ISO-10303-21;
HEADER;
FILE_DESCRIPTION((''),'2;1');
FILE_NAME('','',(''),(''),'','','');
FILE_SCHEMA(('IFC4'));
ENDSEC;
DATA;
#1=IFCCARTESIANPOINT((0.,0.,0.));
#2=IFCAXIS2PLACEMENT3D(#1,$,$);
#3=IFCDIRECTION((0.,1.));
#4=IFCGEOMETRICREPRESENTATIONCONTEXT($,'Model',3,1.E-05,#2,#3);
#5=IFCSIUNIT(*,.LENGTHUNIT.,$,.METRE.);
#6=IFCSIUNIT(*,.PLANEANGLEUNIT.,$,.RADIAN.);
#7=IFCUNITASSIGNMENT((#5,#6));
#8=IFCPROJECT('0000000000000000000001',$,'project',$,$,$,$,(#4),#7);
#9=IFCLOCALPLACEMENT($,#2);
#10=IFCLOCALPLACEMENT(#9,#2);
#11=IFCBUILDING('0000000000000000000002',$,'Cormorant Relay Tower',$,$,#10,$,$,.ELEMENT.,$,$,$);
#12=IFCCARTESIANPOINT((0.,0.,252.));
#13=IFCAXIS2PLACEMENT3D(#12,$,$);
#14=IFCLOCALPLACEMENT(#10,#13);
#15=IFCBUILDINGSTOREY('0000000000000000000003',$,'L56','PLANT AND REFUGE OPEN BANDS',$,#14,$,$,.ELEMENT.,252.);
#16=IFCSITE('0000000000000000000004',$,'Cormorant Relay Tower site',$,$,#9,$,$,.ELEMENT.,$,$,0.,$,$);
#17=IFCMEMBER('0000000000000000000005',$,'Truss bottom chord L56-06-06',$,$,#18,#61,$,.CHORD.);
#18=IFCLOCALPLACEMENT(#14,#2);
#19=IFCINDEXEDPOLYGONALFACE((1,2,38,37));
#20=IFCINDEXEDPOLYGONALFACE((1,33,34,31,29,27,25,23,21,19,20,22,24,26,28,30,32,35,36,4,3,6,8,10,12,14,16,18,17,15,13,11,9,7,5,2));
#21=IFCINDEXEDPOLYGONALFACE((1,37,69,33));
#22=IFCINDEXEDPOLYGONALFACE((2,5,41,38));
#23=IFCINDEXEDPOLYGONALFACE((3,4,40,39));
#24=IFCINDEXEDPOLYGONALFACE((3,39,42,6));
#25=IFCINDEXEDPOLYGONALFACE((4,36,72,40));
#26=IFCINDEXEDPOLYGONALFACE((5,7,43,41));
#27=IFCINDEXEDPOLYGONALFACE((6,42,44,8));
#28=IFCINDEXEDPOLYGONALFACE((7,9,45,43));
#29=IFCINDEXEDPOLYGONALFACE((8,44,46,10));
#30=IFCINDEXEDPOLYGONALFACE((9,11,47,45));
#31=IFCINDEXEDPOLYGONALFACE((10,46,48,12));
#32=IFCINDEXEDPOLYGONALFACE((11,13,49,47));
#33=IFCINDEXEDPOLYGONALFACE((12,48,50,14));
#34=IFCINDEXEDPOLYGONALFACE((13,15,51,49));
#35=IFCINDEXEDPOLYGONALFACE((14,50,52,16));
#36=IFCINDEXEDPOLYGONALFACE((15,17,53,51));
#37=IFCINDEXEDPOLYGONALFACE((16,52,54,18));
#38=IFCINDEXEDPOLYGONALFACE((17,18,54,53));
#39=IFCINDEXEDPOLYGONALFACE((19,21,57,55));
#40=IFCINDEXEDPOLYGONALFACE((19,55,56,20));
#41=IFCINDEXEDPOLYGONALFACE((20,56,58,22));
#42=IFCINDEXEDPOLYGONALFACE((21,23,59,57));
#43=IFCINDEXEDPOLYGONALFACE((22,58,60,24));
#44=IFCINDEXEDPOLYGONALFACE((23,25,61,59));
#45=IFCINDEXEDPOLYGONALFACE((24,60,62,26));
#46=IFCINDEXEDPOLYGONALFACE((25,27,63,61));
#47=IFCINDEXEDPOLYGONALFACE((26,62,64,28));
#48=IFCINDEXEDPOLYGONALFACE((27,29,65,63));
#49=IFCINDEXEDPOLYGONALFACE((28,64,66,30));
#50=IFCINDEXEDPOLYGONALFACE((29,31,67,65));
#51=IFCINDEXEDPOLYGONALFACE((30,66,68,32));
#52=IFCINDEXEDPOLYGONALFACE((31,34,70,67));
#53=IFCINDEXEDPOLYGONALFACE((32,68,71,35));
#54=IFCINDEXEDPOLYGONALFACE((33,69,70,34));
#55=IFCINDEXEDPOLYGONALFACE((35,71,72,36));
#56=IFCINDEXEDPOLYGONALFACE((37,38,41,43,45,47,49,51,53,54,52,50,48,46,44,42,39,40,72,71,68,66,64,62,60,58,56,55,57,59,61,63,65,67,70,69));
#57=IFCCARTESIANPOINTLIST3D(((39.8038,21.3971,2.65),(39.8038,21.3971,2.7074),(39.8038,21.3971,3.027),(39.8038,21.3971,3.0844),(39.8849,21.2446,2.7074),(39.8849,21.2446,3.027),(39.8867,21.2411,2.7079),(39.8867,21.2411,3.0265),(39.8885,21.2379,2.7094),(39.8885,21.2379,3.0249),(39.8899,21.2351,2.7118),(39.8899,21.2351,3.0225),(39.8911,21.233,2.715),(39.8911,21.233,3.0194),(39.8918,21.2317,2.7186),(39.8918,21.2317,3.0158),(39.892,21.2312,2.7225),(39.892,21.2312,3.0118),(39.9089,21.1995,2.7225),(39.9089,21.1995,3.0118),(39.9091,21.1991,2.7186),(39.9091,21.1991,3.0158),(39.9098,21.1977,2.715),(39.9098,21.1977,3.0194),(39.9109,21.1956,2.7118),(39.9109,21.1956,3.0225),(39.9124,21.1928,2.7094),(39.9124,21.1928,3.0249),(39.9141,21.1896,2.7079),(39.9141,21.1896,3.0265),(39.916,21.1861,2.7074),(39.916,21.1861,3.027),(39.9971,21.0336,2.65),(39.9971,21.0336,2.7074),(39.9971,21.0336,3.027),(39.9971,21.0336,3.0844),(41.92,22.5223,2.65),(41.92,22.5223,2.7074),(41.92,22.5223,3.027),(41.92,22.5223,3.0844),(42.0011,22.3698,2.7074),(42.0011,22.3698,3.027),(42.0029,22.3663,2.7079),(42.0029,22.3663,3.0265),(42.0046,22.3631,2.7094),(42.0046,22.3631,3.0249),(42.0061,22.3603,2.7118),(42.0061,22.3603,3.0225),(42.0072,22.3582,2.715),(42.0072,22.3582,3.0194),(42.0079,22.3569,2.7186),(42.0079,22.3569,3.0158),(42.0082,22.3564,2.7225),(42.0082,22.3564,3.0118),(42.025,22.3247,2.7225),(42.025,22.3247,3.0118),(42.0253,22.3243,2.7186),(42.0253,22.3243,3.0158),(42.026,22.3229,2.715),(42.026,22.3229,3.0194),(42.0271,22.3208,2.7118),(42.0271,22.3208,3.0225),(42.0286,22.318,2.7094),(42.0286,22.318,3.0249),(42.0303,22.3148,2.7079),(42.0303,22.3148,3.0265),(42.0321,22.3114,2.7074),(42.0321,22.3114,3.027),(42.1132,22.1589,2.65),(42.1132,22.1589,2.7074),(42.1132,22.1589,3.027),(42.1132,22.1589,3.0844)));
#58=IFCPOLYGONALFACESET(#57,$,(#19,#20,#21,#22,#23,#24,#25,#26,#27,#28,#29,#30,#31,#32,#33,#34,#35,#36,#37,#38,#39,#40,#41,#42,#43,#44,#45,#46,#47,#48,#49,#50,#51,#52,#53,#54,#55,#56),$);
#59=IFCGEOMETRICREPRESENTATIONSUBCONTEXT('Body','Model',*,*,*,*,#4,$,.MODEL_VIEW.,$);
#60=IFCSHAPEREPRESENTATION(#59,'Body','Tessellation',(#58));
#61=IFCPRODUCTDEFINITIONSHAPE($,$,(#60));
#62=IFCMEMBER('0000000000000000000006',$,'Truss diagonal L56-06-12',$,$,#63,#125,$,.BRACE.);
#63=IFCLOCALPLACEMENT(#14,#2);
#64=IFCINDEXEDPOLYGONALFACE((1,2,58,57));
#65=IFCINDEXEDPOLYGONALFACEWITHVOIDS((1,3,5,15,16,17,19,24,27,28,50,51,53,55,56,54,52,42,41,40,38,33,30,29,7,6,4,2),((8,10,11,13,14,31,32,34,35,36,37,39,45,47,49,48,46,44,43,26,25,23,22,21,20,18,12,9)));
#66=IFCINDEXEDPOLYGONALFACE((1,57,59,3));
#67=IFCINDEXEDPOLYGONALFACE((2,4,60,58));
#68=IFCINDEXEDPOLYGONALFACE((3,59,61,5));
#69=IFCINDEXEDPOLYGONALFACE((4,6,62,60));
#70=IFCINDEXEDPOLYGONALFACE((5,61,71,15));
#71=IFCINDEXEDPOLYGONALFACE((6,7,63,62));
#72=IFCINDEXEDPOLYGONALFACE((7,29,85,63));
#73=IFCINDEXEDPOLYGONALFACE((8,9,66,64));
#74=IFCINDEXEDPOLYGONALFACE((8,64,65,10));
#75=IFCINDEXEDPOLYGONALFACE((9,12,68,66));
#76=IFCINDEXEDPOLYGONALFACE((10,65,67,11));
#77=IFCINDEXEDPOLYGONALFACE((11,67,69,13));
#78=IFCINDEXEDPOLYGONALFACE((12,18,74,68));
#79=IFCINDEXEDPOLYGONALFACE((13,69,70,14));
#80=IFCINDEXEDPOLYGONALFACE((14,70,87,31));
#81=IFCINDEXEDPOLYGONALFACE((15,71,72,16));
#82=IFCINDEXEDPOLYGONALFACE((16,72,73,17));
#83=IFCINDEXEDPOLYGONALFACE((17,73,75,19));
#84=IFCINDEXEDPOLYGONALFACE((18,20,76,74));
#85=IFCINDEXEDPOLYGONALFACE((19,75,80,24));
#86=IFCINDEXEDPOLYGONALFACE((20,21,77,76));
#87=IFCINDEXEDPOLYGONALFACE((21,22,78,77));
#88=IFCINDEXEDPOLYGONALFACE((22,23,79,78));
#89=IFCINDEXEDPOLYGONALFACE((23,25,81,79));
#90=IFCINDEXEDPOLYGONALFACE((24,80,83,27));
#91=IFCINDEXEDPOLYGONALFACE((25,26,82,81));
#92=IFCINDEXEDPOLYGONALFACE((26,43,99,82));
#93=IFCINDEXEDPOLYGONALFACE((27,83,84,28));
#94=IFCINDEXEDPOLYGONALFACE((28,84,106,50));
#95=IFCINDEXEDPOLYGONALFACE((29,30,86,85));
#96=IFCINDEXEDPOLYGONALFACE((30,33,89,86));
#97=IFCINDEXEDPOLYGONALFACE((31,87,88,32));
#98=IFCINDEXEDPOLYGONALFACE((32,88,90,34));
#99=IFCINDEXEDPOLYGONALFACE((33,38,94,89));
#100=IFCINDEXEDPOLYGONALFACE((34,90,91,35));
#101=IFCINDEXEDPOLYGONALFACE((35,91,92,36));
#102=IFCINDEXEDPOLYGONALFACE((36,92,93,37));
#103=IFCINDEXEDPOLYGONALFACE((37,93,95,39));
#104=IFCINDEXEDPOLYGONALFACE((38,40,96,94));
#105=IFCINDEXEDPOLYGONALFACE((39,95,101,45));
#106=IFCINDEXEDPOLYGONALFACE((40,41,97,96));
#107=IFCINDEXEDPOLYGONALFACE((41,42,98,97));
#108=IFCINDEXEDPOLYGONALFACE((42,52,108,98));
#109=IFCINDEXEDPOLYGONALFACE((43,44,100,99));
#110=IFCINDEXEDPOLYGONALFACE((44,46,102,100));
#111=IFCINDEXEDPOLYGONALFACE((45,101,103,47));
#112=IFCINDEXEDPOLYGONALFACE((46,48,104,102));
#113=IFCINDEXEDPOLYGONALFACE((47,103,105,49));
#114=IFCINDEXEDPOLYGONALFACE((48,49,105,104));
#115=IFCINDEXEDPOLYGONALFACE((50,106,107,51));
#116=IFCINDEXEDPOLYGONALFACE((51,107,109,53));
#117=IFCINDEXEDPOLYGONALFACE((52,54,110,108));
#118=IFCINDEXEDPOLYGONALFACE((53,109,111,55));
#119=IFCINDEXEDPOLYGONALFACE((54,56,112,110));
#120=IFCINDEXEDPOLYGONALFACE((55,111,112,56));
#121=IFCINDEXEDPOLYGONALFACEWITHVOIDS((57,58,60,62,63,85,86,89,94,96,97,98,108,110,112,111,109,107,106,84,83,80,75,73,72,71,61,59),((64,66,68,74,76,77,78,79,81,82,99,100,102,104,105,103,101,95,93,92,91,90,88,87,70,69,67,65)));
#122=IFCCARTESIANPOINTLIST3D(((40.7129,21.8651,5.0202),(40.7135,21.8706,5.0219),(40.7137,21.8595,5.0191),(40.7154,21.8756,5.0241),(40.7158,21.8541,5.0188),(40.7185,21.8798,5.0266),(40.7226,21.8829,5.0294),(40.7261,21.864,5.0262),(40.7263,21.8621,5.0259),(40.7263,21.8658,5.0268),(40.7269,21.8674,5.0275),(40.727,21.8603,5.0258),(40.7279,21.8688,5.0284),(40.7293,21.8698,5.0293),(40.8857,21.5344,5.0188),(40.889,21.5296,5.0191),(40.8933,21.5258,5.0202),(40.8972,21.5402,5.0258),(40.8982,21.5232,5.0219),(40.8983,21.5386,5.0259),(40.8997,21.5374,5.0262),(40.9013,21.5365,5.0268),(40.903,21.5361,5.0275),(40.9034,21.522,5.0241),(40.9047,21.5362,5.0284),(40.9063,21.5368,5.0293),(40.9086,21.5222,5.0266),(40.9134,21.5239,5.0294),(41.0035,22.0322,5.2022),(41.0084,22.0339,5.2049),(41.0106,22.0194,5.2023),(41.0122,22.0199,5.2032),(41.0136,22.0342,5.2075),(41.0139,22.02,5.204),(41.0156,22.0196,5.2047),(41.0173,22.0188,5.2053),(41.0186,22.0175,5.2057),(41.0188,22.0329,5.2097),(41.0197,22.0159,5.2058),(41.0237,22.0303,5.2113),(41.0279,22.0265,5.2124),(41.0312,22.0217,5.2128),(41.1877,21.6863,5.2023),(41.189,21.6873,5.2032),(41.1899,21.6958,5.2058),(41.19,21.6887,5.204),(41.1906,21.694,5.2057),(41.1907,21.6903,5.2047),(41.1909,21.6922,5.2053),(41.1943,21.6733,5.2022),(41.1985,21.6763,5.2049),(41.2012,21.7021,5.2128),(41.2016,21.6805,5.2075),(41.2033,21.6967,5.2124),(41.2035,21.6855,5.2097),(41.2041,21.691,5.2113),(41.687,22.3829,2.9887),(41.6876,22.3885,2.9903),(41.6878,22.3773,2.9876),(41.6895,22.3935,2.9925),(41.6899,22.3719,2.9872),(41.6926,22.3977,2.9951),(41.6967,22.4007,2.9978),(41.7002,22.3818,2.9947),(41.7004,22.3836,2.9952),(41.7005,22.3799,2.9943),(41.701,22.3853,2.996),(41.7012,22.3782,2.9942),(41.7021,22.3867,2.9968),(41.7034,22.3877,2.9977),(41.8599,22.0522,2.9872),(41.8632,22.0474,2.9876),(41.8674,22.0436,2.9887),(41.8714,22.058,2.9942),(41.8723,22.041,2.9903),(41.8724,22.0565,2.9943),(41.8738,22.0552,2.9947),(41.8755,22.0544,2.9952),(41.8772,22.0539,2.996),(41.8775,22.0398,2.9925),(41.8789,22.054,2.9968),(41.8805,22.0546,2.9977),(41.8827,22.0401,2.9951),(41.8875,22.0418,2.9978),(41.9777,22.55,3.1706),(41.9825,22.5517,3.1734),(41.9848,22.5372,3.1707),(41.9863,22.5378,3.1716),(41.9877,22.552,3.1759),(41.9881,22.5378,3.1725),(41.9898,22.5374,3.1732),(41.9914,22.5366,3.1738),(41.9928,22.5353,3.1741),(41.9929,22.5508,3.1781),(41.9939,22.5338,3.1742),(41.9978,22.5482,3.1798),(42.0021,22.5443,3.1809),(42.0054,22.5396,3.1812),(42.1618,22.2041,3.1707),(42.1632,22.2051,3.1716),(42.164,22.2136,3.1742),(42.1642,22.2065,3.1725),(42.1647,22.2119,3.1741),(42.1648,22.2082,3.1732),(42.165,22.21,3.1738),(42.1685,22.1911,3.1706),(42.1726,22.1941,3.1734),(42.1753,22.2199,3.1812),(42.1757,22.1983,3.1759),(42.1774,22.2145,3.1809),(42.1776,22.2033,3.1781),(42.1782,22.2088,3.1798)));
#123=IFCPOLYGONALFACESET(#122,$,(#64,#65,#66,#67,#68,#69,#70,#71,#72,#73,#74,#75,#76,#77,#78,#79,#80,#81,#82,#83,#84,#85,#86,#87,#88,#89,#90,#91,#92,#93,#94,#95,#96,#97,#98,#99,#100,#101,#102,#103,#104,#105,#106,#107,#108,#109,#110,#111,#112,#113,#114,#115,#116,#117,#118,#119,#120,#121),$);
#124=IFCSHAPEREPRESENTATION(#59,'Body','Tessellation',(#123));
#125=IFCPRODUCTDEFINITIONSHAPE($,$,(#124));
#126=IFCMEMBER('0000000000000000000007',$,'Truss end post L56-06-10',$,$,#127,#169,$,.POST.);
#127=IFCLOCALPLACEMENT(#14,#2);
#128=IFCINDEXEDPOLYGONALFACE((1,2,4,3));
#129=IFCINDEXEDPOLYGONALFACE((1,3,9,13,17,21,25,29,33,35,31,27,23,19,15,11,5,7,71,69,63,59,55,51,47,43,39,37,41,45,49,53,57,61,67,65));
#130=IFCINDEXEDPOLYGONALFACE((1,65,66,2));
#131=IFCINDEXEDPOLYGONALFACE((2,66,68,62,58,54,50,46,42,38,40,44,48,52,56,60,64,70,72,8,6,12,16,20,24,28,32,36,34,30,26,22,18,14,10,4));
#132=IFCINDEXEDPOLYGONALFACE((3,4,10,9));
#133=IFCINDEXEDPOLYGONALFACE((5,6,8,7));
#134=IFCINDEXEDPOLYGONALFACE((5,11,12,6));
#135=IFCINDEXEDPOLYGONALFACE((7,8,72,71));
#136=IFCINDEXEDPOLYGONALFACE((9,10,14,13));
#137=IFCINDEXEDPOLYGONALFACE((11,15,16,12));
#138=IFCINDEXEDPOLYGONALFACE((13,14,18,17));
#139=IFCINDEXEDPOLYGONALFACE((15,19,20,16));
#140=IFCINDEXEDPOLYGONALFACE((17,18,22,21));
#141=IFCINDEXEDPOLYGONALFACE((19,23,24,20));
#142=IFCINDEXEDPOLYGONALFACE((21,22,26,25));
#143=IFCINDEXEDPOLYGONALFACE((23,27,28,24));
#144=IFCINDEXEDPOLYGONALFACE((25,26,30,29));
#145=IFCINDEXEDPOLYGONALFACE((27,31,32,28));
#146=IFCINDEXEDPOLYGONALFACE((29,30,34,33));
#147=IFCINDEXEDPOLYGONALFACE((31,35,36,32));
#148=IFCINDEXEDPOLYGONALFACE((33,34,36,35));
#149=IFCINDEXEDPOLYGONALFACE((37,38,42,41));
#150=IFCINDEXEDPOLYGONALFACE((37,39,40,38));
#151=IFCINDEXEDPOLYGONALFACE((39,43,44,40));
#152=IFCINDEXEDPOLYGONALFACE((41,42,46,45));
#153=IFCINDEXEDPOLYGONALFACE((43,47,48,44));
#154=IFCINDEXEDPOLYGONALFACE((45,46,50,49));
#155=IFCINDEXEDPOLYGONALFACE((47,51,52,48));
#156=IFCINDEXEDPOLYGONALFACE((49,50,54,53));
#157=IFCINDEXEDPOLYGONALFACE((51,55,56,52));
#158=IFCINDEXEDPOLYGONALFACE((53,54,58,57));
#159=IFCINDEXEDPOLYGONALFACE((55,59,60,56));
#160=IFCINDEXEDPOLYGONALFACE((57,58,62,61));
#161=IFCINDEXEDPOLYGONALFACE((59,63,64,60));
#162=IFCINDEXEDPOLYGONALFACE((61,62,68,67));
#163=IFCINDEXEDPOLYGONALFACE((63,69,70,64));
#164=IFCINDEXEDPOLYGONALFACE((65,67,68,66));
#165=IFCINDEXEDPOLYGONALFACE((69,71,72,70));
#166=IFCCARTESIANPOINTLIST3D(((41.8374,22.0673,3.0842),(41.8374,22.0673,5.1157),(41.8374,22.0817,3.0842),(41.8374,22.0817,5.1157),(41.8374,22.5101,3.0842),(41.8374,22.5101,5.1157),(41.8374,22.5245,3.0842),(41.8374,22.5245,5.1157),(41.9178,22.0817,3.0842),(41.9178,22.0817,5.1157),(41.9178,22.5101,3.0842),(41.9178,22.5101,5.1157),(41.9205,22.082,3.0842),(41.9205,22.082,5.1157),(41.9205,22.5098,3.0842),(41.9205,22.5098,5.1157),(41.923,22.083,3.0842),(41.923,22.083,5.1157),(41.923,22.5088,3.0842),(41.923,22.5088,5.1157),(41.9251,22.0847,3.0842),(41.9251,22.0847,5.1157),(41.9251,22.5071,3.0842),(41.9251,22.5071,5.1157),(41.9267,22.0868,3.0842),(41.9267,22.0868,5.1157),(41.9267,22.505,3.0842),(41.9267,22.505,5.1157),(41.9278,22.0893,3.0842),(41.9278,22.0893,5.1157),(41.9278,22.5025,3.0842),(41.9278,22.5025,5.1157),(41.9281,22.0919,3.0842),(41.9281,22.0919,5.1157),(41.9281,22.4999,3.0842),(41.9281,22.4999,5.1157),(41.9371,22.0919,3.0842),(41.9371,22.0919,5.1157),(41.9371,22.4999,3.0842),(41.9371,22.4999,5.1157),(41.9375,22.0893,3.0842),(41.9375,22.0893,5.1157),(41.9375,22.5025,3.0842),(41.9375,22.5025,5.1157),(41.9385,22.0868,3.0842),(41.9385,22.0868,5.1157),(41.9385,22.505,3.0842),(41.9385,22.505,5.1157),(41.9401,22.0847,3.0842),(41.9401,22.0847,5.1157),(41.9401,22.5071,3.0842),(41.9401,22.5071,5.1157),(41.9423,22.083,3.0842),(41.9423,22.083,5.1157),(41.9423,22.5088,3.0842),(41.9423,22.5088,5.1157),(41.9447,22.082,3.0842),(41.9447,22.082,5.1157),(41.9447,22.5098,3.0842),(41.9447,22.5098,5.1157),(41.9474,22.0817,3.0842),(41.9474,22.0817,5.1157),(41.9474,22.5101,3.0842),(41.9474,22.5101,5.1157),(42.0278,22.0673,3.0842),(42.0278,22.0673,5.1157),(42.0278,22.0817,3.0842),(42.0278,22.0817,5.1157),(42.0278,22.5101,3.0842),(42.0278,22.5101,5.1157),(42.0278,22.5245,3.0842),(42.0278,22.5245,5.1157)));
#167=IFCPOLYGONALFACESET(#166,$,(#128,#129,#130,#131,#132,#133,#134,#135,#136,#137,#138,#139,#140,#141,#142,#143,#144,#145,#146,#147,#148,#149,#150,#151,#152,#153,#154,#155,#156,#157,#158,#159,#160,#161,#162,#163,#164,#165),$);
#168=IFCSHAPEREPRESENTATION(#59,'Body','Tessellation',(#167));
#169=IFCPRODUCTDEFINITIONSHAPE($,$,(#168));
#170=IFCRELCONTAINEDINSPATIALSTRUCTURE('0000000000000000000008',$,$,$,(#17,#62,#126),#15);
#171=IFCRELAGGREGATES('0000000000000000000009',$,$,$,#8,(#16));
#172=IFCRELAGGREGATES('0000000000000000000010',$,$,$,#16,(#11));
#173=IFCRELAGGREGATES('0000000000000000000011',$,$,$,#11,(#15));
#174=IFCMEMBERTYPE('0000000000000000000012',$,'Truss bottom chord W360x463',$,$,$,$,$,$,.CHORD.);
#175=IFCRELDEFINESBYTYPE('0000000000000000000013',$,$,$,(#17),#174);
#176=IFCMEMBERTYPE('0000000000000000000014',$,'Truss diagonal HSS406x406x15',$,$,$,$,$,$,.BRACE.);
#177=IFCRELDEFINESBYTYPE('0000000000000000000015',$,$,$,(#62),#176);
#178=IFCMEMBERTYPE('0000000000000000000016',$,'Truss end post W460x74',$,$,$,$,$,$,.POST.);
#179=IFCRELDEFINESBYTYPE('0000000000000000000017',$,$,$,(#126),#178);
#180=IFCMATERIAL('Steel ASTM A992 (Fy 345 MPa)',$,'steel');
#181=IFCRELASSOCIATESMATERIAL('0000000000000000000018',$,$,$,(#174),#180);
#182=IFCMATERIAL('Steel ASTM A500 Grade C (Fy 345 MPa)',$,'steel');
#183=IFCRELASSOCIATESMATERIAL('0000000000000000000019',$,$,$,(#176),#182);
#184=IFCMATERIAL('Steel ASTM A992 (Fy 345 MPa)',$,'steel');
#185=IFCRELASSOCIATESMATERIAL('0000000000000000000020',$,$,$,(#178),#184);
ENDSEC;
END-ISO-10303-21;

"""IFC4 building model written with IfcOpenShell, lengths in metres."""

from ifc_helpers import new_model, si_unit, direction, frame, origin, origin_2d, place, context, subcontext, project, spatial, hollow_rectangle, i_section, extrude, material, material_profile, profile_set, type_object, element, save


model = new_model("IFC4")

# Units and contexts
model_context = context("Model", 3, precision=1e-05, world=origin(), true_north=direction((0.0, 1.0)))
body_context = subcontext(model_context, "Body", "Model", "MODEL_VIEW")
ifc_project = project(units=[si_unit("LENGTHUNIT", "METRE"), si_unit("PLANEANGLEUNIT", "RADIAN")], contexts=[model_context])

# Site, building, storey
site_placement = place(None, origin())
site = spatial("IfcSite", under=ifc_project, at=site_placement, Name="Cormorant Relay Tower site", CompositionType="ELEMENT", RefElevation=0.0)
building_placement = place(site_placement, origin())
building = spatial("IfcBuilding", under=site, at=building_placement, Name="Cormorant Relay Tower", CompositionType="ELEMENT")
storey_placement = place(building_placement, frame((0.0, 0.0, 252.0)))
storey = spatial("IfcBuildingStorey", under=building, at=storey_placement, Name="L56", Description="PLANT AND REFUGE OPEN BANDS", CompositionType="ELEMENT", Elevation=252.0)

# Members
ifc_material_1 = material(Name="Steel ASTM A992 (Fy 345 MPa)", Category="steel")
ifc_material_profile_1 = material_profile(ifc_material_1, i_section(OverallWidth=0.4116, OverallDepth=0.4343, WebThickness=0.0359, FlangeThickness=0.0574, FilletRadius=0.0151, at=origin_2d()), Name="W360x463")
ifc_profile_set_1 = profile_set([ifc_material_profile_1], Name="Steel ASTM A992 (Fy 345 MPa)")
member_type_1 = type_object("IfcMemberType", Name="Truss bottom chord W360x463", PredefinedType="CHORD", material=ifc_profile_set_1)
member_1_placement = place(storey_placement, frame((42.0166, 22.3406, 2.8672), z_axis=(-0.882942, -0.469483, 0.0), x_axis=(0.469483, -0.882942, 0.0)))
element("IfcMember", 1, at=member_1_placement, inside=storey, type_object=member_type_1, Name="Truss bottom chord L56-06-06", PredefinedType="CHORD", context=body_context, shape_type="SweptSolid", body=[
    extrude(i_section(OverallWidth=0.4116, OverallDepth=0.4343, WebThickness=0.0359, FlangeThickness=0.0574, FilletRadius=0.0151, at=origin_2d()), origin(), (0.0, 0.0, 1.0), 2.3967),
])
ifc_material_2 = material(Name="Steel ASTM A500 Grade C (Fy 345 MPa)", Category="steel")
ifc_material_profile_2 = material_profile(ifc_material_2, hollow_rectangle(XDim=0.4065, YDim=0.4065, WallThickness=0.0146, InnerFilletRadius=0.0073, OuterFilletRadius=0.0222, at=origin_2d()), Name="HSS406x406x15")
ifc_profile_set_2 = profile_set([ifc_material_profile_2], Name="Steel ASTM A500 Grade C (Fy 345 MPa)")
member_type_2 = type_object("IfcMemberType", Name="Truss diagonal HSS406x406x15", PredefinedType="BRACE", material=ifc_profile_set_2)
member_2_placement = place(storey_placement, frame((41.9326, 22.2959, 3.0842), z_axis=(-0.421385, -0.223999, 0.878783), x_axis=(0.469382, -0.882995, 0.0)))
element("IfcMember", 2, at=member_2_placement, inside=storey, type_object=member_type_2, Name="Truss diagonal L56-06-12", PredefinedType="BRACE", context=body_context, shape_type="SweptSolid", body=[
    extrude(hollow_rectangle(XDim=0.4065, YDim=0.4065, WallThickness=0.0146, InnerFilletRadius=0.0073, OuterFilletRadius=0.0222, at=origin_2d()), origin(), (0.0, 0.0, 1.0), 2.3118),
])
ifc_material_3 = material(Name="Steel ASTM A992 (Fy 345 MPa)", Category="steel")
ifc_material_profile_3 = material_profile(ifc_material_3, i_section(OverallWidth=0.1904, OverallDepth=0.4573, WebThickness=0.009, FlangeThickness=0.0144, FilletRadius=0.0103, at=origin_2d()), Name="W460x74")
ifc_profile_set_3 = profile_set([ifc_material_profile_3], Name="Steel ASTM A992 (Fy 345 MPa)")
member_type_3 = type_object("IfcMemberType", Name="Truss end post W460x74", PredefinedType="POST", material=ifc_profile_set_3)
member_3_placement = place(storey_placement, frame((41.9326, 22.2959, 3.0842), z_axis=(0.0, 0.0, 1.0), x_axis=(1.0, 0.0, 0.0)))
element("IfcMember", 3, at=member_3_placement, inside=storey, type_object=member_type_3, Name="Truss end post L56-06-10", PredefinedType="POST", context=body_context, shape_type="SweptSolid", body=[
    extrude(i_section(OverallWidth=0.1904, OverallDepth=0.4573, WebThickness=0.009, FlangeThickness=0.0144, FilletRadius=0.0103, at=origin_2d()), origin(), (0.0, 0.0, 1.0), 2.0315),
])

save(model, "model.ifc")
